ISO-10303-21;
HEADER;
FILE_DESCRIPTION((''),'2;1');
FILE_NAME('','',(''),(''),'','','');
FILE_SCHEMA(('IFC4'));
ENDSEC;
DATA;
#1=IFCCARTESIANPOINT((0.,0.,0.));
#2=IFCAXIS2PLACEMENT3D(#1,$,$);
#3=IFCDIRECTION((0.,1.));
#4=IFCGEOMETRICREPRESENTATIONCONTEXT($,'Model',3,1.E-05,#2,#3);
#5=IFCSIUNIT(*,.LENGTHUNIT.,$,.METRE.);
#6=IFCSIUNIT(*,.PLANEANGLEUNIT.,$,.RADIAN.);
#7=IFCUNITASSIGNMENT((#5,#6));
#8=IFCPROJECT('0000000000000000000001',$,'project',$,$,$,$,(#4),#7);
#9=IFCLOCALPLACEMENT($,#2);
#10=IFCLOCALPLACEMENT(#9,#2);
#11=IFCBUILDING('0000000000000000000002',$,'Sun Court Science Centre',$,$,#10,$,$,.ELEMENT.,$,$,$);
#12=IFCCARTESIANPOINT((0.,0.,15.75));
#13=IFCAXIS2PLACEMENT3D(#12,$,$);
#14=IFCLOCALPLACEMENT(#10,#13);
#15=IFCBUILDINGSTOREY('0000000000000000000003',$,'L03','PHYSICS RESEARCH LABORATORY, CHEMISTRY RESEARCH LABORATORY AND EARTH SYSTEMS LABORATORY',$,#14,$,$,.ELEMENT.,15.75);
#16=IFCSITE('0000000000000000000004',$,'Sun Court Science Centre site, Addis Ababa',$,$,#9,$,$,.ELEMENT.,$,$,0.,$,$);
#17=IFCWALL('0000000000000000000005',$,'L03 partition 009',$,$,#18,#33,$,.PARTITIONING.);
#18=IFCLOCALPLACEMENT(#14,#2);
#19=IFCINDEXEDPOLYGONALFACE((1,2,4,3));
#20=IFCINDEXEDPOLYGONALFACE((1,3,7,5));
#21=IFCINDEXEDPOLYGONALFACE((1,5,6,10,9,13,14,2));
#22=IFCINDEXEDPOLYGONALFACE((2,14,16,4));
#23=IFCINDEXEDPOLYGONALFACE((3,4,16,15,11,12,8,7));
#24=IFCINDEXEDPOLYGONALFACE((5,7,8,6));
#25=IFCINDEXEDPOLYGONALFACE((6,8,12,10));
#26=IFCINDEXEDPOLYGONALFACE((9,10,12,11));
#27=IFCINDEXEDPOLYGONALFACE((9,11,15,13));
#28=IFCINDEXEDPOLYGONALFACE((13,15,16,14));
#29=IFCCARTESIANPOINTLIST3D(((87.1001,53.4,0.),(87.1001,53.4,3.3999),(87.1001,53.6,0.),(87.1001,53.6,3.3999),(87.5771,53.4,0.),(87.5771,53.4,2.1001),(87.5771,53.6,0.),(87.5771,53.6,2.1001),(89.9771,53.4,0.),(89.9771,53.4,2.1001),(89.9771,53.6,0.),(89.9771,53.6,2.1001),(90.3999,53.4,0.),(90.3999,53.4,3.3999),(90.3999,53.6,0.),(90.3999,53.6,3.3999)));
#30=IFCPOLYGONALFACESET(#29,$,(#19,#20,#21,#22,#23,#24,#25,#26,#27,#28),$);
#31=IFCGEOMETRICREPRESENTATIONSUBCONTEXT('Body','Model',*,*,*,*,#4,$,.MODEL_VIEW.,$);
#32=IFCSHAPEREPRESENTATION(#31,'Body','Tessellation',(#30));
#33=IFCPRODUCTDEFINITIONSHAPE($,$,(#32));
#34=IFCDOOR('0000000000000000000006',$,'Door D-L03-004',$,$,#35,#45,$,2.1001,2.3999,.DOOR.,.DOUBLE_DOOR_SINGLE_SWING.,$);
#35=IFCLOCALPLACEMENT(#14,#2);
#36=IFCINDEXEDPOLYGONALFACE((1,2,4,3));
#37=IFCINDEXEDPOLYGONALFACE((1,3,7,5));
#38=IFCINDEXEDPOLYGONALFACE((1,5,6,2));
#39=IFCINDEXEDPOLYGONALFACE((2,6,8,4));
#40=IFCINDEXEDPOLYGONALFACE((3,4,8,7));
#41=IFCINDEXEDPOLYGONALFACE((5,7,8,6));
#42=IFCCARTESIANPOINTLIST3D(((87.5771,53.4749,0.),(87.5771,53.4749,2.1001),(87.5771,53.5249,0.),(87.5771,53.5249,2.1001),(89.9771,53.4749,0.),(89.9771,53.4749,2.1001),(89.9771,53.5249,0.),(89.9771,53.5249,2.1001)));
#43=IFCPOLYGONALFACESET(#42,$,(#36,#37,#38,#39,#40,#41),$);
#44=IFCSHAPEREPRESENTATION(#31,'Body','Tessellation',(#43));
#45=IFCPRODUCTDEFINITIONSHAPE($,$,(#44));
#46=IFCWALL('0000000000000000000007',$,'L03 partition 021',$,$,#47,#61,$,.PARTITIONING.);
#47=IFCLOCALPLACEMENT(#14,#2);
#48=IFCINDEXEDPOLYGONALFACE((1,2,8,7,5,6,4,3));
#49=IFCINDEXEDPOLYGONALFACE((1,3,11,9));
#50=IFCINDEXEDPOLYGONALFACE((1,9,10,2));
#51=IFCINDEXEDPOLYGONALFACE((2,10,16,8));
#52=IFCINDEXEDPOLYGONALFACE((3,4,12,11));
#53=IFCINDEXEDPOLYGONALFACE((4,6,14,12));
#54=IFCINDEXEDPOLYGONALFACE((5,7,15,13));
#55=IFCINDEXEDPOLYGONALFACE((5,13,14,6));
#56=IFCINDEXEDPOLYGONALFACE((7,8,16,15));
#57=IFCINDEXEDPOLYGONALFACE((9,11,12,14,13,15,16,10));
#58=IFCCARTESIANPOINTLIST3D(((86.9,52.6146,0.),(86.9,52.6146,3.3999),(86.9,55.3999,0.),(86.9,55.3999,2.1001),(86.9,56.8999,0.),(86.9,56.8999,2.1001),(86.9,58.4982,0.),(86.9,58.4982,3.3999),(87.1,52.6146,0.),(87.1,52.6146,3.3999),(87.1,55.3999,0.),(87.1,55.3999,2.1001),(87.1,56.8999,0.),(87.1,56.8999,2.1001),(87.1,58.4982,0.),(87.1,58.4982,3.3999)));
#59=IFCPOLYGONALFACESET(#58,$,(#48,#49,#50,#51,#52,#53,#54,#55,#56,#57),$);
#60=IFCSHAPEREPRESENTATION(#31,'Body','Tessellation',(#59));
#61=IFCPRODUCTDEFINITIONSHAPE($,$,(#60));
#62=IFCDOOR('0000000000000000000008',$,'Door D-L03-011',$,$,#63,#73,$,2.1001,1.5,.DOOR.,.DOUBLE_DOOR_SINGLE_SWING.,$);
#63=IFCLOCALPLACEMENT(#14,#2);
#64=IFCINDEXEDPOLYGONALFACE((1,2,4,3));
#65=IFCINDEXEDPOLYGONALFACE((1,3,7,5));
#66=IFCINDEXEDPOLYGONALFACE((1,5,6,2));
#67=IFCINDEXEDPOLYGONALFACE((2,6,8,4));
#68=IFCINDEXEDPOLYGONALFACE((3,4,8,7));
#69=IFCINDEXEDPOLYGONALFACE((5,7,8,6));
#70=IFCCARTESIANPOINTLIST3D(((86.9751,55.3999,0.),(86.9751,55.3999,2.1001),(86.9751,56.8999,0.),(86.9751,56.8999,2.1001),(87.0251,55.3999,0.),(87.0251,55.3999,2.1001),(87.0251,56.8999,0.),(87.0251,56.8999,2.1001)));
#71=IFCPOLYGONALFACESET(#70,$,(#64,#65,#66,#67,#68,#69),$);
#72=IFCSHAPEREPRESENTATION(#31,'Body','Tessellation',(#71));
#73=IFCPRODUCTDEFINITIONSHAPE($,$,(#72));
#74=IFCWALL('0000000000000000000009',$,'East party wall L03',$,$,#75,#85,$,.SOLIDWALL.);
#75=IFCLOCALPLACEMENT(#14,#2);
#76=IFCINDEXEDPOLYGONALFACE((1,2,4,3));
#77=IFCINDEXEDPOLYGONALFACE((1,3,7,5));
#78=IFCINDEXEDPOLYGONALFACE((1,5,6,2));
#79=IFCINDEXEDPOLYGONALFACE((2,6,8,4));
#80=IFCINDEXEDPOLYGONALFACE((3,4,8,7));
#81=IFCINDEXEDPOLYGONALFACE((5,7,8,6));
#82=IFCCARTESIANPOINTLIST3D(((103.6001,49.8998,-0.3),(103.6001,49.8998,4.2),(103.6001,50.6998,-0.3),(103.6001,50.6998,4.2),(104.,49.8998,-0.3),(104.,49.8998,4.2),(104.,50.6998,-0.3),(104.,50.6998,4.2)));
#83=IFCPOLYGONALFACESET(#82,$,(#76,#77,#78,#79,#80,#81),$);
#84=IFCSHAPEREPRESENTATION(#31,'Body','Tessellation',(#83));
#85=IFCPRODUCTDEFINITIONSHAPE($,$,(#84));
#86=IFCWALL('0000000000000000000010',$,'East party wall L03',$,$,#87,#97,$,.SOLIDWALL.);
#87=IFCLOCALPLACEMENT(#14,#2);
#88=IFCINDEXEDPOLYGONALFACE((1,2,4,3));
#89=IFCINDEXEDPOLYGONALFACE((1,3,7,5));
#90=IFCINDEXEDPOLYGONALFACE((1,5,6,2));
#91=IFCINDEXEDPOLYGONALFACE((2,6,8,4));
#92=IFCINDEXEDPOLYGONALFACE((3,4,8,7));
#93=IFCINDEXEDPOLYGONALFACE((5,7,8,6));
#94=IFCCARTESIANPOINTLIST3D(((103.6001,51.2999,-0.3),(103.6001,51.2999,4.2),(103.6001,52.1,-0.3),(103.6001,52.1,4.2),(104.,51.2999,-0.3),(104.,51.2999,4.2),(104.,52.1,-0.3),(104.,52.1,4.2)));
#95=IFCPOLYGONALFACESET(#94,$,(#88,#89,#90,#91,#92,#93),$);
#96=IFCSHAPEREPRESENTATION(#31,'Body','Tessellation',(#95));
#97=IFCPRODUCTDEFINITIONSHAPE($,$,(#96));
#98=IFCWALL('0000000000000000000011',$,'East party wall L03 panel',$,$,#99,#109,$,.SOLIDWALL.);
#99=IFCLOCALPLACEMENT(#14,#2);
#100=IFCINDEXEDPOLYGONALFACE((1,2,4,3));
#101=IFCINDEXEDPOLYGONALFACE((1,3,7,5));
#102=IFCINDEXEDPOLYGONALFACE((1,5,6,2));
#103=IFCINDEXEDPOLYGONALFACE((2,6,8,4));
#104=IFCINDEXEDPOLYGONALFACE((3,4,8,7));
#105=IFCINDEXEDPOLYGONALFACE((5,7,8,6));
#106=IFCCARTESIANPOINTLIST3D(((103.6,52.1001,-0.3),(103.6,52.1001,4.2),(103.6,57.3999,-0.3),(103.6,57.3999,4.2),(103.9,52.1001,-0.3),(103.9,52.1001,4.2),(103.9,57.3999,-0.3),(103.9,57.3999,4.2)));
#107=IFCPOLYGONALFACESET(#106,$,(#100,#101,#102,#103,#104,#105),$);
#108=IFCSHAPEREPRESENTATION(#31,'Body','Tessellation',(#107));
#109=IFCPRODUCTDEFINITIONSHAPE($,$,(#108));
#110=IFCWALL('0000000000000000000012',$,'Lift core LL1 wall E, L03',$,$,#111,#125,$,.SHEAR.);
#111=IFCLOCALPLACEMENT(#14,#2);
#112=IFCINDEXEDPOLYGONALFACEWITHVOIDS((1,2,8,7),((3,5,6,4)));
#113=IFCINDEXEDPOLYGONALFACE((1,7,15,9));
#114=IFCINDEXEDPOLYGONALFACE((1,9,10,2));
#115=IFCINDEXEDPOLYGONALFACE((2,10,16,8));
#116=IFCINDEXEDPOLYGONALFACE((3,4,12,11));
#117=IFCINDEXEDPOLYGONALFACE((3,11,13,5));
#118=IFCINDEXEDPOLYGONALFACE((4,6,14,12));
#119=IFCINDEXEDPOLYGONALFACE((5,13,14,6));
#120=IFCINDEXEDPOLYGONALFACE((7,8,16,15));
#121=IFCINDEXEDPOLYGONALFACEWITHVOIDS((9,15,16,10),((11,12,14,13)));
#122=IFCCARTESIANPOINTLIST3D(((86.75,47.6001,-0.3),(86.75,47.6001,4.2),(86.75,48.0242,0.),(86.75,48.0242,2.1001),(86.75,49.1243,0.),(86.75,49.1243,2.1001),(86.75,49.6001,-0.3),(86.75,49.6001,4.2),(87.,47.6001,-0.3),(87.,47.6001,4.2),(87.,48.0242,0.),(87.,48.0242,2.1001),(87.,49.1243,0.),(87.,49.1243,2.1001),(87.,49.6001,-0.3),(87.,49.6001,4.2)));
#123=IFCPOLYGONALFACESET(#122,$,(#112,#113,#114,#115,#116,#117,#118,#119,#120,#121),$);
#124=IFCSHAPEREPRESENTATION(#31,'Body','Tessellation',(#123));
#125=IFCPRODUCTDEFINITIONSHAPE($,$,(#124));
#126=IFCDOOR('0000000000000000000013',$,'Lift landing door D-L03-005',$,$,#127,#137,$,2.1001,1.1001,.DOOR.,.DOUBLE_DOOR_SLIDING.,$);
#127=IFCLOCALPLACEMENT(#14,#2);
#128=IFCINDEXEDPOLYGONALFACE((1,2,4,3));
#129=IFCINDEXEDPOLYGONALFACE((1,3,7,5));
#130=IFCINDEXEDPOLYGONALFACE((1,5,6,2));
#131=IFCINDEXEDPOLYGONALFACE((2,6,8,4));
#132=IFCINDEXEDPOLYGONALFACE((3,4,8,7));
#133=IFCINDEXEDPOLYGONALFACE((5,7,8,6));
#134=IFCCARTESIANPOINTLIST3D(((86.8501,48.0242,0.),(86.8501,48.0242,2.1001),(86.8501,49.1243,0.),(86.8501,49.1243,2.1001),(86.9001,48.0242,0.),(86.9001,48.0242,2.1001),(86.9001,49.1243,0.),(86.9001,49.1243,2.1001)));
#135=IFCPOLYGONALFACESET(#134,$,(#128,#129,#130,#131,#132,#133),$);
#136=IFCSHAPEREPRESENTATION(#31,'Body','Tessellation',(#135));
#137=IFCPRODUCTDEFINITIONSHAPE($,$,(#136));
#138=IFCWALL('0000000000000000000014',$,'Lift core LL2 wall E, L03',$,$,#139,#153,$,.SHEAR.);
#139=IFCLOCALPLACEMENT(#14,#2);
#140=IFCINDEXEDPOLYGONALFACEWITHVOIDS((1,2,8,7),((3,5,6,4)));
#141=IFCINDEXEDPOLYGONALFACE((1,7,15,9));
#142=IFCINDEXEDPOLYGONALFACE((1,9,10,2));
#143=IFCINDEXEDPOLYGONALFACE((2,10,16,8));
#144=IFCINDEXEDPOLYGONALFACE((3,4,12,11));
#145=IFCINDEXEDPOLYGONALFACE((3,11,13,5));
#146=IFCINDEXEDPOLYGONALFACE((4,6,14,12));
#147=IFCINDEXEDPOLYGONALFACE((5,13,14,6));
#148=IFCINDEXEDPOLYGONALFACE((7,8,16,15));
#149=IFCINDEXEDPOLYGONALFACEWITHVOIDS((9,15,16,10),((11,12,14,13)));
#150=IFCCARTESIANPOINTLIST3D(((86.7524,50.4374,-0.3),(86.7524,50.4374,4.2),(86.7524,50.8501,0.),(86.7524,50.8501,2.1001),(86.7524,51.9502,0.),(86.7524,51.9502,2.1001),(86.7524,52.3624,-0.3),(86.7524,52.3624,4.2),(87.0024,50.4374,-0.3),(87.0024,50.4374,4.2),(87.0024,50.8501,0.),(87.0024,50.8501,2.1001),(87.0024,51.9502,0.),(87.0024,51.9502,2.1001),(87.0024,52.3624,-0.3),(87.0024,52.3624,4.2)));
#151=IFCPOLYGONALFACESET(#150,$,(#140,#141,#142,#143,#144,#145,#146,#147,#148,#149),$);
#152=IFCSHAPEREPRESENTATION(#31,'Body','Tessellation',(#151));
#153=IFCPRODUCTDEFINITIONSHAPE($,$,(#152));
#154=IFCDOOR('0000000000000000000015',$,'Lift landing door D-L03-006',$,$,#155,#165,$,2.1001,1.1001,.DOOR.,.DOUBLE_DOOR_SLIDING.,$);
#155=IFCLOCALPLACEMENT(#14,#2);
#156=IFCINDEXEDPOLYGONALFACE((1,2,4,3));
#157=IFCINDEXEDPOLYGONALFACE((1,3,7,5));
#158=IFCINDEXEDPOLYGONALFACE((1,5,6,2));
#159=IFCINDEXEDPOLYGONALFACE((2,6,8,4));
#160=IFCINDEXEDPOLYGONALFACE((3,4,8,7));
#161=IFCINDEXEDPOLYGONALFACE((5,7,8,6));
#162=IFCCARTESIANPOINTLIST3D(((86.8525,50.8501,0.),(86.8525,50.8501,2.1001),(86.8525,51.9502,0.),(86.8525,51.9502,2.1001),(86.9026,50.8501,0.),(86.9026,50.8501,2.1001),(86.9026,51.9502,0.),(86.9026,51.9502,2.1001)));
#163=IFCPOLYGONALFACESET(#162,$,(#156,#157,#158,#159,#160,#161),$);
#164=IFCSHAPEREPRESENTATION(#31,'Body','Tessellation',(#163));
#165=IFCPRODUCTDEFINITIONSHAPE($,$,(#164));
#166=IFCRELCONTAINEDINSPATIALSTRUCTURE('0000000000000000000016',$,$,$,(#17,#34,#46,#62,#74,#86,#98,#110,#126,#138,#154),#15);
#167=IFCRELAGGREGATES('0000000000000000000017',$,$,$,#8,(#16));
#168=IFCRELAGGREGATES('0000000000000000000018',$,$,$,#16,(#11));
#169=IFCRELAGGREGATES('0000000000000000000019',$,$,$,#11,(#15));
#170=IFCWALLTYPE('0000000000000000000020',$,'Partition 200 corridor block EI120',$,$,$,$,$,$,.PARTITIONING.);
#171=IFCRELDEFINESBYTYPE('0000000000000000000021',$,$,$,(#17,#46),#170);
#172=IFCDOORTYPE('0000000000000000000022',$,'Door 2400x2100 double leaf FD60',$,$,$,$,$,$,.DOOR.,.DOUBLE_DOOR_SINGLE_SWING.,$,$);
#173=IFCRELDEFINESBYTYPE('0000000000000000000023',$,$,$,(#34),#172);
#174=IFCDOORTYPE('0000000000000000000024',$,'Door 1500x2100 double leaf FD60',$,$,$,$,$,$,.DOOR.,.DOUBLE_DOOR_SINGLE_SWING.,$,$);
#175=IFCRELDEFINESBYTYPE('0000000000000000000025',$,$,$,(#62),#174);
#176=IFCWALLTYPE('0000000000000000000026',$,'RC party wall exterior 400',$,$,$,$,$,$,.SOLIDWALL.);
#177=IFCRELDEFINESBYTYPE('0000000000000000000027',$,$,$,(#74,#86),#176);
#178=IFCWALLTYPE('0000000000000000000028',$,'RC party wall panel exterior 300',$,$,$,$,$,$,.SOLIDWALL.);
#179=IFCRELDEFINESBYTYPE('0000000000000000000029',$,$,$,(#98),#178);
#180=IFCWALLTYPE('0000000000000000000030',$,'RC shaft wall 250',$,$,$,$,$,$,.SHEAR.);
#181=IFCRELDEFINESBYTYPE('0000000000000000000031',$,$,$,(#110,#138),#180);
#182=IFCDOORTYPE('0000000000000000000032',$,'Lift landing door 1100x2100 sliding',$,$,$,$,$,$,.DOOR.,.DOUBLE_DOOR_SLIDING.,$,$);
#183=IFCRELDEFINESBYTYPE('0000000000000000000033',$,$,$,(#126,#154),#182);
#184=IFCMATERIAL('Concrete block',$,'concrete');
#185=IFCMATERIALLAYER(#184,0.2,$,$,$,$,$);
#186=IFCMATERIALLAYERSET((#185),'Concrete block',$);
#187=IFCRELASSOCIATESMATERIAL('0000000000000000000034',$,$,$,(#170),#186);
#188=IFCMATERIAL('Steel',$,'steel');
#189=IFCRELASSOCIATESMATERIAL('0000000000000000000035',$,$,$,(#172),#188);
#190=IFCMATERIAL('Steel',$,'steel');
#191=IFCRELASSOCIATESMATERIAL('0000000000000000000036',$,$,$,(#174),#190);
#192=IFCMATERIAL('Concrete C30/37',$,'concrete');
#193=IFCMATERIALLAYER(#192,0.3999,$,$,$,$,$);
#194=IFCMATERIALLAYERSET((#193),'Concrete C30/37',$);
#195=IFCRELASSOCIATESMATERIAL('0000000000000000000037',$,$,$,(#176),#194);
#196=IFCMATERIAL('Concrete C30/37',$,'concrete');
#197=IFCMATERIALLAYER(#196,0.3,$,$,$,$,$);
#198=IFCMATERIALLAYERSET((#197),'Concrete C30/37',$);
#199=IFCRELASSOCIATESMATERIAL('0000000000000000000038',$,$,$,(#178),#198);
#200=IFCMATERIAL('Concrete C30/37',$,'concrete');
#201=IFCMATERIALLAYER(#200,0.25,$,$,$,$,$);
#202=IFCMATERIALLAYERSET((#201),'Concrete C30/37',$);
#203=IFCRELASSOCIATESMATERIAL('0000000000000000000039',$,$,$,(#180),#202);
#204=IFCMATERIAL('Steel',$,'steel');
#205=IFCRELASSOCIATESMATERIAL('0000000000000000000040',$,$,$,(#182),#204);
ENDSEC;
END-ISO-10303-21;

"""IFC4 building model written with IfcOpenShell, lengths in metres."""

from ifc_helpers import new_model, si_unit, direction, frame, frame_2d, origin, place, context, subcontext, project, spatial, rectangle, extrude, material, layer, layer_set, type_object, element, fill, save


model = new_model("IFC4")

# Units and contexts
model_context = context("Model", 3, precision=1e-05, world=origin(), true_north=direction((0.0, 1.0)))
body_context = subcontext(model_context, "Body", "Model", "MODEL_VIEW")
ifc_project = project(units=[si_unit("LENGTHUNIT", "METRE"), si_unit("PLANEANGLEUNIT", "RADIAN")], contexts=[model_context])

# Site, building, storey
site_placement = place(None, origin())
site = spatial("IfcSite", under=ifc_project, at=site_placement, Name="Sun Court Science Centre site, Addis Ababa", CompositionType="ELEMENT", RefElevation=0.0)
building_placement = place(site_placement, origin())
building = spatial("IfcBuilding", under=site, at=building_placement, Name="Sun Court Science Centre", CompositionType="ELEMENT")
storey_placement = place(building_placement, frame((0.0, 0.0, 15.75)))
storey = spatial("IfcBuildingStorey", under=building, at=storey_placement, Name="L03", Description="PHYSICS RESEARCH LABORATORY, CHEMISTRY RESEARCH LABORATORY AND EARTH SYSTEMS LABORATORY", CompositionType="ELEMENT", Elevation=15.75)

# Walls, openings, doors
ifc_material_1 = material(Name="Concrete block", Category="concrete")
ifc_layer_1 = layer(ifc_material_1, 0.2)
ifc_layer_set_1 = layer_set([ifc_layer_1], Name="Concrete block")
wall_type_1 = type_object("IfcWallType", Name="Partition 200 corridor block EI120", PredefinedType="PARTITIONING", material=ifc_layer_set_1)
ifc_material_2 = material(Name="Steel", Category="steel")
door_type_1 = type_object("IfcDoorType", Name="Door 2400x2100 double leaf FD60", OperationType="DOUBLE_DOOR_SINGLE_SWING", PredefinedType="DOOR", material=ifc_material_2)
wall_1_placement = place(storey_placement, frame((87.1001, 53.5, 0.0), z_axis=(0.0, 0.0, 1.0), x_axis=(1.0, 0.0, 0.0)))
wall_1 = element("IfcWall", 1, at=wall_1_placement, inside=storey, type_object=wall_type_1, Name="L03 partition 009", PredefinedType="PARTITIONING", context=body_context, shape_type="SweptSolid", body=[
    extrude(rectangle(XDim=3.2998, YDim=0.2, at=frame_2d((1.6499, 0.0))), origin(), (0.0, 0.0, 1.0), 3.3999),
])
opening_1_placement = place(wall_1_placement, frame((0.4771, 0.0, 0.0)))
opening_1 = element("IfcOpeningElement", 2, at=opening_1_placement, cuts=wall_1, PredefinedType="OPENING", context=body_context, shape_type="SweptSolid", body=[
    extrude(rectangle(XDim=2.3999, YDim=2.1001, at=frame_2d((1.2, 1.05))), frame((0.0, 0.1099, 0.0), z_axis=(0.0, -1.0, 0.0), x_axis=(1.0, 0.0, 0.0)), (0.0, 0.0, 1.0), 0.22),
])
door_1_placement = place(opening_1_placement, origin())
door_1 = element("IfcDoor", 3, at=door_1_placement, inside=storey, type_object=door_type_1, Name="Door D-L03-004", OperationType="DOUBLE_DOOR_SINGLE_SWING", OverallHeight=2.1001, OverallWidth=2.3999, PredefinedType="DOOR", context=body_context, shape_type="SweptSolid", body=[
    extrude(rectangle(XDim=2.3999, YDim=2.1001, at=frame_2d((1.2, 1.05))), frame((0.0, 0.0249, 0.0), z_axis=(0.0, -1.0, 0.0), x_axis=(1.0, 0.0, 0.0)), (0.0, 0.0, 1.0), 0.05),
])
fill(opening_1, door_1)
wall_2_placement = place(storey_placement, frame((87.0, 52.6145, 0.0), z_axis=(0.0, 0.0, 1.0), x_axis=(0.0, 1.0, 0.0)))
wall_2 = element("IfcWall", 4, at=wall_2_placement, inside=storey, type_object=wall_type_1, Name="L03 partition 021", PredefinedType="PARTITIONING", context=body_context, shape_type="SweptSolid", body=[
    extrude(rectangle(XDim=5.8835, YDim=0.2, at=frame_2d((2.9419, 0.0))), origin(), (0.0, 0.0, 1.0), 3.3999),
])
opening_2_placement = place(wall_2_placement, frame((2.7854, 0.0, 0.0)))
opening_2 = element("IfcOpeningElement", 5, at=opening_2_placement, cuts=wall_2, PredefinedType="OPENING", context=body_context, shape_type="SweptSolid", body=[
    extrude(rectangle(XDim=1.5, YDim=2.1001, at=frame_2d((0.75, 1.05))), frame((0.0, 0.1099, 0.0), z_axis=(0.0, -1.0, 0.0), x_axis=(1.0, 0.0, 0.0)), (0.0, 0.0, 1.0), 0.22),
])
ifc_material_3 = material(Name="Steel", Category="steel")
door_type_2 = type_object("IfcDoorType", Name="Door 1500x2100 double leaf FD60", OperationType="DOUBLE_DOOR_SINGLE_SWING", PredefinedType="DOOR", material=ifc_material_3)
door_2_placement = place(opening_2_placement, origin())
door_2 = element("IfcDoor", 6, at=door_2_placement, inside=storey, type_object=door_type_2, Name="Door D-L03-011", OperationType="DOUBLE_DOOR_SINGLE_SWING", OverallHeight=2.1001, OverallWidth=1.5, PredefinedType="DOOR", context=body_context, shape_type="SweptSolid", body=[
    extrude(rectangle(XDim=1.5, YDim=2.1001, at=frame_2d((0.75, 1.05))), frame((0.0, 0.0249, 0.0), z_axis=(0.0, -1.0, 0.0), x_axis=(1.0, 0.0, 0.0)), (0.0, 0.0, 1.0), 0.05),
])
fill(opening_2, door_2)

# Walls
ifc_material_4 = material(Name="Concrete C30/37", Category="concrete")
ifc_layer_2 = layer(ifc_material_4, 0.3999)
ifc_layer_set_2 = layer_set([ifc_layer_2], Name="Concrete C30/37")
wall_type_2 = type_object("IfcWallType", Name="RC party wall exterior 400", PredefinedType="SOLIDWALL", material=ifc_layer_set_2)
for number, where, z_axis, x_axis, name in (
    (7, (103.8, 49.8999, -0.3), (0.0, 0.0, 1.0), (0.0, 1.0, 0.0), "East party wall L03"),
    (8, (103.8, 51.3, -0.3), (0.0, 0.0, 1.0), (0.0, 1.0, 0.0), "East party wall L03"),
):
    element("IfcWall", number, at=place(storey_placement, frame(where, z_axis=z_axis, x_axis=x_axis)), inside=storey, type_object=wall_type_2, Name=name, PredefinedType="SOLIDWALL", context=body_context, shape_type="SweptSolid", body=[
        extrude(rectangle(XDim=0.8, YDim=0.3999, at=frame_2d((0.3999, 0.0))), origin(), (0.0, 0.0, 1.0), 4.5),
    ])
ifc_material_5 = material(Name="Concrete C30/37", Category="concrete")
ifc_layer_3 = layer(ifc_material_5, 0.3)
ifc_layer_set_3 = layer_set([ifc_layer_3], Name="Concrete C30/37")
wall_type_3 = type_object("IfcWallType", Name="RC party wall panel exterior 300", PredefinedType="SOLIDWALL", material=ifc_layer_set_3)
wall_3_placement = place(storey_placement, frame((103.75, 52.1001, -0.3), z_axis=(0.0, 0.0, 1.0), x_axis=(0.0, 1.0, 0.0)))
element("IfcWall", 9, at=wall_3_placement, inside=storey, type_object=wall_type_3, Name="East party wall L03 panel", PredefinedType="SOLIDWALL", context=body_context, shape_type="SweptSolid", body=[
    extrude(rectangle(XDim=5.2998, YDim=0.3, at=frame_2d((2.6499, 0.0))), origin(), (0.0, 0.0, 1.0), 4.5),
])

# Walls, openings, doors
ifc_material_6 = material(Name="Concrete C30/37", Category="concrete")
ifc_layer_4 = layer(ifc_material_6, 0.25)
ifc_layer_set_4 = layer_set([ifc_layer_4], Name="Concrete C30/37")
wall_type_4 = type_object("IfcWallType", Name="RC shaft wall 250", PredefinedType="SHEAR", material=ifc_layer_set_4)
wall_4_placement = place(storey_placement, frame((86.875, 47.6001, -0.3), z_axis=(0.0, 0.0, 1.0), x_axis=(0.0, 1.0, 0.0)))
wall_4 = element("IfcWall", 10, at=wall_4_placement, inside=storey, type_object=wall_type_4, Name="Lift core LL1 wall E, L03", PredefinedType="SHEAR", context=body_context, shape_type="SweptSolid", body=[
    extrude(rectangle(XDim=2.0, YDim=0.25, at=frame_2d((1.0, 0.0))), origin(), (0.0, 0.0, 1.0), 4.5),
])
opening_3_placement = place(wall_4_placement, frame((0.4241, 0.0, 0.3)))
opening_3 = element("IfcOpeningElement", 11, at=opening_3_placement, cuts=wall_4, PredefinedType="OPENING", context=body_context, shape_type="SweptSolid", body=[
    extrude(rectangle(XDim=1.1001, YDim=2.1001, at=frame_2d((0.55, 1.05))), frame((0.0, 0.135, 0.0), z_axis=(0.0, -1.0, 0.0), x_axis=(1.0, 0.0, 0.0)), (0.0, 0.0, 1.0), 0.27),
])
ifc_material_7 = material(Name="Steel", Category="steel")
door_type_3 = type_object("IfcDoorType", Name="Lift landing door 1100x2100 sliding", OperationType="DOUBLE_DOOR_SLIDING", PredefinedType="DOOR", material=ifc_material_7)
door_3_placement = place(opening_3_placement, origin())
door_3 = element("IfcDoor", 12, at=door_3_placement, inside=storey, type_object=door_type_3, Name="Lift landing door D-L03-005", OperationType="DOUBLE_DOOR_SLIDING", OverallHeight=2.1001, OverallWidth=1.1001, PredefinedType="DOOR", context=body_context, shape_type="SweptSolid", body=[
    extrude(rectangle(XDim=1.1001, YDim=2.1001, at=frame_2d((0.55, 1.05))), frame((0.0, 0.0249, 0.0), z_axis=(0.0, -1.0, 0.0), x_axis=(1.0, 0.0, 0.0)), (0.0, 0.0, 1.0), 0.05),
])
fill(opening_3, door_3)
wall_5_placement = place(storey_placement, frame((86.8774, 50.4375, -0.3), z_axis=(0.0, 0.0, 1.0), x_axis=(0.0, 1.0, 0.0)))
wall_5 = element("IfcWall", 13, at=wall_5_placement, inside=storey, type_object=wall_type_4, Name="Lift core LL2 wall E, L03", PredefinedType="SHEAR", context=body_context, shape_type="SweptSolid", body=[
    extrude(rectangle(XDim=1.925, YDim=0.25, at=frame_2d((0.9624, 0.0))), origin(), (0.0, 0.0, 1.0), 4.5),
])
opening_4_placement = place(wall_5_placement, frame((0.4126, 0.0, 0.3)))
opening_4 = element("IfcOpeningElement", 14, at=opening_4_placement, cuts=wall_5, PredefinedType="OPENING", context=body_context, shape_type="SweptSolid", body=[
    extrude(rectangle(XDim=1.1001, YDim=2.1001, at=frame_2d((0.55, 1.05))), frame((0.0, 0.135, 0.0), z_axis=(0.0, -1.0, 0.0), x_axis=(1.0, 0.0, 0.0)), (0.0, 0.0, 1.0), 0.27),
])
door_4_placement = place(opening_4_placement, origin())
door_4 = element("IfcDoor", 15, at=door_4_placement, inside=storey, type_object=door_type_3, Name="Lift landing door D-L03-006", OperationType="DOUBLE_DOOR_SLIDING", OverallHeight=2.1001, OverallWidth=1.1001, PredefinedType="DOOR", context=body_context, shape_type="SweptSolid", body=[
    extrude(rectangle(XDim=1.1001, YDim=2.1001, at=frame_2d((0.55, 1.05))), frame((0.0, 0.0249, 0.0), z_axis=(0.0, -1.0, 0.0), x_axis=(1.0, 0.0, 0.0)), (0.0, 0.0, 1.0), 0.05),
])
fill(opening_4, door_4)

save(model, "model.ifc")
